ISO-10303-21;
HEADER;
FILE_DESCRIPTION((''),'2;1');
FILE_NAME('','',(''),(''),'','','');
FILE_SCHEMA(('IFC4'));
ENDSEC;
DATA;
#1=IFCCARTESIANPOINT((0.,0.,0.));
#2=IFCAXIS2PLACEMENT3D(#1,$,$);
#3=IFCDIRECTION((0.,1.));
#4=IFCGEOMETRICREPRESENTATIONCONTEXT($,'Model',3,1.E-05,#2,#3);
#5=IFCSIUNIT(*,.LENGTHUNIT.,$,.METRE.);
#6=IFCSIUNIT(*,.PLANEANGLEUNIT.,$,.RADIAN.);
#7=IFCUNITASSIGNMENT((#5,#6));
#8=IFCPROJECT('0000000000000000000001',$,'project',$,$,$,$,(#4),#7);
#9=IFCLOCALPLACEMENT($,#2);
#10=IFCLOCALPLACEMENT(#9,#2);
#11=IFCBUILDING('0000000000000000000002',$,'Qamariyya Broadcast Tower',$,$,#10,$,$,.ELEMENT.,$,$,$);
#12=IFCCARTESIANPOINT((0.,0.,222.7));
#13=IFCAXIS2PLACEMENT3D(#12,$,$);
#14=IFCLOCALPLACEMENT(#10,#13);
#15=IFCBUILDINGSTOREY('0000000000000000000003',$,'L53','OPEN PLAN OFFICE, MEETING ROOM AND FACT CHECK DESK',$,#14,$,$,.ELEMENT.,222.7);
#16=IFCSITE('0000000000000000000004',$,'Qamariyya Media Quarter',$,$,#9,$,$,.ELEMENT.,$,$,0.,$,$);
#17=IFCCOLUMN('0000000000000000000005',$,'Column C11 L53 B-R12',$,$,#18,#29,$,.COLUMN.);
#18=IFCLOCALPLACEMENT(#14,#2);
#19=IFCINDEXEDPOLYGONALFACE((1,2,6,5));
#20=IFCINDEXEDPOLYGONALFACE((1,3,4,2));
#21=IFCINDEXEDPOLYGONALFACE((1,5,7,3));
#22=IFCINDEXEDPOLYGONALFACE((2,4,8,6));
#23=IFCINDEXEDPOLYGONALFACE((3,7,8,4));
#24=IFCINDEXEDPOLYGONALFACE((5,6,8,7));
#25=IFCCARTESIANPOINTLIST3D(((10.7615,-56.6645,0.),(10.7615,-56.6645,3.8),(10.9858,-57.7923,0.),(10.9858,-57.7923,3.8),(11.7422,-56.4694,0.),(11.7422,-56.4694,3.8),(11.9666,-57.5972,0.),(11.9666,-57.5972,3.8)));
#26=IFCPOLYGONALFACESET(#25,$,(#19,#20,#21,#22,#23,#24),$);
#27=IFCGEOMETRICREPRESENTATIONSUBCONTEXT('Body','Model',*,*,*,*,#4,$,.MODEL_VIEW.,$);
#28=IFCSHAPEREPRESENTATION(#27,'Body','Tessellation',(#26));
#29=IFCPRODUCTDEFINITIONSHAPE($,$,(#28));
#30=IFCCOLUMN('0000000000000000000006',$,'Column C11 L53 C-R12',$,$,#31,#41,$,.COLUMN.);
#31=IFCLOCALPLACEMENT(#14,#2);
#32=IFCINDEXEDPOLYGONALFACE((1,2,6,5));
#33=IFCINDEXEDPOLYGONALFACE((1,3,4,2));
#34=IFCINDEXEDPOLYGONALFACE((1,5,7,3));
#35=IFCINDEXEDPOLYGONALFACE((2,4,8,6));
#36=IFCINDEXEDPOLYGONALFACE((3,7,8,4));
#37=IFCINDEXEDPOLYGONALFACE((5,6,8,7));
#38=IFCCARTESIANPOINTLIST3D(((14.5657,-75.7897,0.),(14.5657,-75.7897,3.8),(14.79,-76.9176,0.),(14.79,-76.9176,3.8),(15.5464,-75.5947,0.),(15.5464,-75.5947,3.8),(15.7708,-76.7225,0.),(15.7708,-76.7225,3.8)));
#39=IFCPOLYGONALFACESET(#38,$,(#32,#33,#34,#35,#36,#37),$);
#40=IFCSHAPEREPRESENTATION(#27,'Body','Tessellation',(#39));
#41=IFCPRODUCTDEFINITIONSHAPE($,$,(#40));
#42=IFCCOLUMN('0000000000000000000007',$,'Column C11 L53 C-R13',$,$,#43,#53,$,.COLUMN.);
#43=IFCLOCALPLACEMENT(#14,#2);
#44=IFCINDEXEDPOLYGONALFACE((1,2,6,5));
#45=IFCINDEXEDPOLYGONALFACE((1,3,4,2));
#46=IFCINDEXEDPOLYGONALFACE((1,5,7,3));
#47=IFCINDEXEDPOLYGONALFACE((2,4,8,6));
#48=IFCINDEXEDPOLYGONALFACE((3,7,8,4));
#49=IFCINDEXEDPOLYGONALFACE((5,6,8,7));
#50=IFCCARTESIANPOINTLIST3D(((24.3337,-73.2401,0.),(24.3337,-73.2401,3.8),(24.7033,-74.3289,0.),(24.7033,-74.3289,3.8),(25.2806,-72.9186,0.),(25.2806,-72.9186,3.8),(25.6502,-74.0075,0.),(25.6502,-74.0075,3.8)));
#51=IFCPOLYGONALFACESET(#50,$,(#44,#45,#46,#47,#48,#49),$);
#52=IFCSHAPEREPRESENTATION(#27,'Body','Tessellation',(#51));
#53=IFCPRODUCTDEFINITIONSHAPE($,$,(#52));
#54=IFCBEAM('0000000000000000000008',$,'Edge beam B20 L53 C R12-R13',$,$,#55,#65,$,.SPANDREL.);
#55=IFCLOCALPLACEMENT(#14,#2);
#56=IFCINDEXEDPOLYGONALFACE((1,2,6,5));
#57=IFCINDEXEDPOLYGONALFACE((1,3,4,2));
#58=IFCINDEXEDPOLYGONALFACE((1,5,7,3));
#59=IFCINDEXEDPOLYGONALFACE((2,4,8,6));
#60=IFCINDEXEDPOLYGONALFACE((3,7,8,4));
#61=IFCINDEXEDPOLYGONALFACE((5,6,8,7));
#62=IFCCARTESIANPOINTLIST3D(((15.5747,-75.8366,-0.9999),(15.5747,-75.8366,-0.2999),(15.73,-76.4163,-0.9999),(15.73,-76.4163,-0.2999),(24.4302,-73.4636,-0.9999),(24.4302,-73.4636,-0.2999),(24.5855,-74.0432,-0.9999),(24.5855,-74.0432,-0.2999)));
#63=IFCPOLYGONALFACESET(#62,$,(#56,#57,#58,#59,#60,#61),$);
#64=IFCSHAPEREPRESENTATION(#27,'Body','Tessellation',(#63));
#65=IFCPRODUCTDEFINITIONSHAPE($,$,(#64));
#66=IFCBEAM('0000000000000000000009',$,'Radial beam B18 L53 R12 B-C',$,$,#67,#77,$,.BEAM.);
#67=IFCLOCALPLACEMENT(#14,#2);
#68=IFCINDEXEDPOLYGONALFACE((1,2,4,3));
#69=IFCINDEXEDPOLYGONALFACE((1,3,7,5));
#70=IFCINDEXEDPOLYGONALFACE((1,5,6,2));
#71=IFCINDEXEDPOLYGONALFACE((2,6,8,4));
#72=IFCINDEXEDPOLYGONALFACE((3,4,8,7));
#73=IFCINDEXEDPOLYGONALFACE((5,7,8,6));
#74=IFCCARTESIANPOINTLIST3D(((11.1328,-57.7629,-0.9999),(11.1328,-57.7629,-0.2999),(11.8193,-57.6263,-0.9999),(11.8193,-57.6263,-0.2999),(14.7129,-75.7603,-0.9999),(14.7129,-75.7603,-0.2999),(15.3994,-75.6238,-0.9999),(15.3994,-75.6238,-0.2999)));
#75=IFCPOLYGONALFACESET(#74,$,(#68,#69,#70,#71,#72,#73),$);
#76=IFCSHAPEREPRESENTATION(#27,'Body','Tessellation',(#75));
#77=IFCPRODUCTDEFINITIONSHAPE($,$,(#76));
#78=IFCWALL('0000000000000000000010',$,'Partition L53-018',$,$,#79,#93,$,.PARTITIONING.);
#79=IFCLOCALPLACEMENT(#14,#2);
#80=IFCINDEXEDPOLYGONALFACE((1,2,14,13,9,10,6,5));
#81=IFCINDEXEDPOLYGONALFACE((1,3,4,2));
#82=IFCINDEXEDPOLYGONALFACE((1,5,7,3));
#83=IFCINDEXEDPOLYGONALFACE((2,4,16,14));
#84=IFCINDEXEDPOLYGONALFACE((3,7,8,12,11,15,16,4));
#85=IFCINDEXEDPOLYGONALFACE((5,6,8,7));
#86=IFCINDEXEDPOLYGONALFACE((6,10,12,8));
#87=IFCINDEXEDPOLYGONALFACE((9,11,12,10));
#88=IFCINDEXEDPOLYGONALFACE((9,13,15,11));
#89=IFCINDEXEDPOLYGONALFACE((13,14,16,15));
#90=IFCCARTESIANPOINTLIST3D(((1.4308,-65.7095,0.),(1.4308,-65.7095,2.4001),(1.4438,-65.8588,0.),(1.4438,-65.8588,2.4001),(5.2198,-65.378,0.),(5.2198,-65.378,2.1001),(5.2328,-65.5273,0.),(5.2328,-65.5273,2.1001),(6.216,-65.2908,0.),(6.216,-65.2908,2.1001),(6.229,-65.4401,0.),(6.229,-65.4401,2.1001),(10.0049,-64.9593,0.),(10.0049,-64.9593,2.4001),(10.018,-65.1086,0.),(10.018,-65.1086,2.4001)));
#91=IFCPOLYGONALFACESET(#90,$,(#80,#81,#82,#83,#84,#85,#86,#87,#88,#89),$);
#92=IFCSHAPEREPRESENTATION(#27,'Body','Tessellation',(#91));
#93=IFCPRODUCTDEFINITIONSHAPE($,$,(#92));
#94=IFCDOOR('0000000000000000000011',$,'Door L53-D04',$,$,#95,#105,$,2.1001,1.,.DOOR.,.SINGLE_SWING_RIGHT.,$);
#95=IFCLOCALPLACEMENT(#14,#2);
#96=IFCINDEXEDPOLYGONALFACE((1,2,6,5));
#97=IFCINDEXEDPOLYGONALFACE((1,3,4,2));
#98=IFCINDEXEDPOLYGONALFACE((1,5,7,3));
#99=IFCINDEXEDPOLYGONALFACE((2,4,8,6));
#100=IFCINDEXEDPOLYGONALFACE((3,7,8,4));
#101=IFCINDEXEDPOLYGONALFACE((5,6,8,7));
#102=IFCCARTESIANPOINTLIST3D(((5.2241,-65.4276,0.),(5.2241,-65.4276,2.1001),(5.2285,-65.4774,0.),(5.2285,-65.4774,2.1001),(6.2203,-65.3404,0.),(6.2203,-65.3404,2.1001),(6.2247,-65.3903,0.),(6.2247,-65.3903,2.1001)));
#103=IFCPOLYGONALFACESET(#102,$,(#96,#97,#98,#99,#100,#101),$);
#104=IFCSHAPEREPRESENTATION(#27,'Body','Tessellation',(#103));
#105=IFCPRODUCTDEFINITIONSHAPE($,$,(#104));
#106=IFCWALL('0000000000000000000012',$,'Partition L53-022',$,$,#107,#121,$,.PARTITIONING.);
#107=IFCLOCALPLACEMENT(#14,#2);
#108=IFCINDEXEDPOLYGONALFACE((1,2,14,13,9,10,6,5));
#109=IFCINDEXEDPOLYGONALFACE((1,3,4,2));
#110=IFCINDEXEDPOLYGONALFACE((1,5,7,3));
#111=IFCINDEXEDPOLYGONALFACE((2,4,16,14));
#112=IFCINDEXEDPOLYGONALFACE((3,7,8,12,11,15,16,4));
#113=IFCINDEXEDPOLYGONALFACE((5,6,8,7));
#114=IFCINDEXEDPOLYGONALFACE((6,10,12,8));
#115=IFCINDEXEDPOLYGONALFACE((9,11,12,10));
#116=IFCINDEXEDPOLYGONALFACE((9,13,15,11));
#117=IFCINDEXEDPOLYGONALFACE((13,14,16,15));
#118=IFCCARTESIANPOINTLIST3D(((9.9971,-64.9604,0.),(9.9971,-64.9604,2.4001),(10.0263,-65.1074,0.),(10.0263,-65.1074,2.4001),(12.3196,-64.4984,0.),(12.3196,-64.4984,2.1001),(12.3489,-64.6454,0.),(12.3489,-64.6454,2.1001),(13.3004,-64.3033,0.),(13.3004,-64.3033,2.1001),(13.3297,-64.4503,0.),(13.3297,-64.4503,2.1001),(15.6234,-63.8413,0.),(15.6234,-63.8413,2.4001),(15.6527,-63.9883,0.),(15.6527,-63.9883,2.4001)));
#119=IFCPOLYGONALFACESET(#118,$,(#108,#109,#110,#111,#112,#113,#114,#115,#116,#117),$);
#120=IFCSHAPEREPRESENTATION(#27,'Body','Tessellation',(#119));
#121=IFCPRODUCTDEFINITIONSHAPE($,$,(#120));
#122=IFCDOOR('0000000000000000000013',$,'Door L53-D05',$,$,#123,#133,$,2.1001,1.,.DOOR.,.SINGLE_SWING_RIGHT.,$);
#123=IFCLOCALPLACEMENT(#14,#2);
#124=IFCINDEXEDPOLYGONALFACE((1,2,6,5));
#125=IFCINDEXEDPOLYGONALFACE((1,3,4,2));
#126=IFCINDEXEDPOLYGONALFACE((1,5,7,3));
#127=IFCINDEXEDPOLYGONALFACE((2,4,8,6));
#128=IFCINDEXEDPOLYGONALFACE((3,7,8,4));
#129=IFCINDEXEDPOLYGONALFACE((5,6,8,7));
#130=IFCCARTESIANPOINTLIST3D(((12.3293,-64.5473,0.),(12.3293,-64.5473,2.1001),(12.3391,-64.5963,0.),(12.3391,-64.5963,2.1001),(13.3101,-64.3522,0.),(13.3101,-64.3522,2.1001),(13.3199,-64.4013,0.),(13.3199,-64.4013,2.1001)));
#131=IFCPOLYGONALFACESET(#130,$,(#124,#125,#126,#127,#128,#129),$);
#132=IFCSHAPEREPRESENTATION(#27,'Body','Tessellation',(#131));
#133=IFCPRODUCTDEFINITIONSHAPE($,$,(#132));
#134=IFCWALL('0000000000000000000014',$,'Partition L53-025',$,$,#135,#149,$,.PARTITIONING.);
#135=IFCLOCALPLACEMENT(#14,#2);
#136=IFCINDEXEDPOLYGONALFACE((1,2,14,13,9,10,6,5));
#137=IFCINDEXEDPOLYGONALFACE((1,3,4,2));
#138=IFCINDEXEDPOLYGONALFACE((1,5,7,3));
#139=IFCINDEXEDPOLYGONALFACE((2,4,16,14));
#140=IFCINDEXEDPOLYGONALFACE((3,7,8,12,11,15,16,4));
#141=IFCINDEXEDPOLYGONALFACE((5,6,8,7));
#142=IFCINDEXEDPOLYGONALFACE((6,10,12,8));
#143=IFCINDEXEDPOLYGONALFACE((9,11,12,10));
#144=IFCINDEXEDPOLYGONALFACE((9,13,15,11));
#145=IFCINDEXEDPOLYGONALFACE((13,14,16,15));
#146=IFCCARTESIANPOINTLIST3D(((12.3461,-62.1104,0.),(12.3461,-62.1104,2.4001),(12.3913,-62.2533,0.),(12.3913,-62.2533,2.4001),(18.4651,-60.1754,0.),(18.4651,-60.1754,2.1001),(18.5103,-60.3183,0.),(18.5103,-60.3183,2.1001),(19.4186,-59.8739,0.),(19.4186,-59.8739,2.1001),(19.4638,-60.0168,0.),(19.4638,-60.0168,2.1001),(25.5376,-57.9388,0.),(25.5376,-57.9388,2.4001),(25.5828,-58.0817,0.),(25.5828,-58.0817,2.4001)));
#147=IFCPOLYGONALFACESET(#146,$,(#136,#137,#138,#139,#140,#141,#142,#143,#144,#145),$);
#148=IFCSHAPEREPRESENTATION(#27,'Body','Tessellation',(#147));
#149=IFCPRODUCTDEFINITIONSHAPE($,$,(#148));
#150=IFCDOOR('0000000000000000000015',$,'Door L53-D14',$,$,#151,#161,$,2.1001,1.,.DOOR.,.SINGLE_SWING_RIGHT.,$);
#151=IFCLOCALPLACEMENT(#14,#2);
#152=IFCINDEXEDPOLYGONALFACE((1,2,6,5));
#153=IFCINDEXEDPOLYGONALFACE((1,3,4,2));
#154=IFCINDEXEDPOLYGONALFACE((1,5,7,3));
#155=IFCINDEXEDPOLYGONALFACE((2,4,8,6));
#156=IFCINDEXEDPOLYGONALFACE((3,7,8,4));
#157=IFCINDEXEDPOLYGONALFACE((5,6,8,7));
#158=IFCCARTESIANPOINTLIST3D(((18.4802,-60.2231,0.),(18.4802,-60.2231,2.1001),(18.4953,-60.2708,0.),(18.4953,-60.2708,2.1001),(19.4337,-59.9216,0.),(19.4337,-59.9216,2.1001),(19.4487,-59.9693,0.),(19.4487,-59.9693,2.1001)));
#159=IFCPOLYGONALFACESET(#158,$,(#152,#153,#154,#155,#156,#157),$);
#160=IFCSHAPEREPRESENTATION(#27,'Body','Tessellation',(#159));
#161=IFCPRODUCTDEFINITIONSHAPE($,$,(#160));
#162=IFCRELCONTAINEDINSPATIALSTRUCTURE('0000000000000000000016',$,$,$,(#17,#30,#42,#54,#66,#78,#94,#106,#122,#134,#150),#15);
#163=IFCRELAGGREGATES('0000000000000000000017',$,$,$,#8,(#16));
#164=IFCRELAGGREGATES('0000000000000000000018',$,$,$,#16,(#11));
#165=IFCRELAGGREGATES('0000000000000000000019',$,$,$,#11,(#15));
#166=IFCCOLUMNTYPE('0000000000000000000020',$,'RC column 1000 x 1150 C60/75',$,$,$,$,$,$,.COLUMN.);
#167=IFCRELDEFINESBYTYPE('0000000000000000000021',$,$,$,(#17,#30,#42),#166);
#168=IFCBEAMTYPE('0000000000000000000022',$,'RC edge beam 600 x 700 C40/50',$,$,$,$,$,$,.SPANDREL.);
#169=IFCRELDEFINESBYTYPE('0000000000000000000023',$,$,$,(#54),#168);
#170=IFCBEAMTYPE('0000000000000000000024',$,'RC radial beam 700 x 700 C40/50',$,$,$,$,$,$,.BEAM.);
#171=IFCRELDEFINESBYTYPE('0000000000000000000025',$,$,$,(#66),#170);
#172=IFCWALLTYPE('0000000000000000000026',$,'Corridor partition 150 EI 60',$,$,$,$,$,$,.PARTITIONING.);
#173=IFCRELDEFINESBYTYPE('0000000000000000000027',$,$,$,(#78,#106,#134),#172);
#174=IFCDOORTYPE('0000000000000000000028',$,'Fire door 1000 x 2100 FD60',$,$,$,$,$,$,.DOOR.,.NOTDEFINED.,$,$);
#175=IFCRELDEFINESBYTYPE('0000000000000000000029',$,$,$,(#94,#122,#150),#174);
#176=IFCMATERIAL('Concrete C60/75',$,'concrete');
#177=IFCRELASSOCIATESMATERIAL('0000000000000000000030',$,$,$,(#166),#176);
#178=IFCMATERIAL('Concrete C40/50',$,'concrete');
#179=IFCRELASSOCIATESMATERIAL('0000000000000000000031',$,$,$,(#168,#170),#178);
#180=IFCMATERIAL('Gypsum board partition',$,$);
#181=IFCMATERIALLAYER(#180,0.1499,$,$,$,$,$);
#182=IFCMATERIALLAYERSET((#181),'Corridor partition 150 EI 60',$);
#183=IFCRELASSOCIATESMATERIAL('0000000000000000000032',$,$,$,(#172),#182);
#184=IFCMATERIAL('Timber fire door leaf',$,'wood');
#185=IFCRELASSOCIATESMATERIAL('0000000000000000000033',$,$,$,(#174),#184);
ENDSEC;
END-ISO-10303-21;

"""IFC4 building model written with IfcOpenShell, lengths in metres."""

from ifc_helpers import new_model, si_unit, direction, frame, frame_2d, origin, origin_2d, place, context, subcontext, project, spatial, rectangle, extrude, material, layer, layer_set, material_profile, profile_set, type_object, element, fill, save


model = new_model("IFC4")

# Units and contexts
model_context = context("Model", 3, precision=1e-05, world=origin(), true_north=direction((0.0, 1.0)))
body_context = subcontext(model_context, "Body", "Model", "MODEL_VIEW")
ifc_project = project(units=[si_unit("LENGTHUNIT", "METRE"), si_unit("PLANEANGLEUNIT", "RADIAN")], contexts=[model_context])

# Site, building, storey
site_placement = place(None, origin())
site = spatial("IfcSite", under=ifc_project, at=site_placement, Name="Qamariyya Media Quarter", CompositionType="ELEMENT", RefElevation=0.0)
building_placement = place(site_placement, origin())
building = spatial("IfcBuilding", under=site, at=building_placement, Name="Qamariyya Broadcast Tower", CompositionType="ELEMENT")
storey_placement = place(building_placement, frame((0.0, 0.0, 222.7)))
storey = spatial("IfcBuildingStorey", under=building, at=storey_placement, Name="L53", Description="OPEN PLAN OFFICE, MEETING ROOM AND FACT CHECK DESK", CompositionType="ELEMENT", Elevation=222.7)

# Columns
ifc_material_1 = material(Name="Concrete C60/75", Category="concrete")
ifc_material_profile_1 = material_profile(ifc_material_1, rectangle(XDim=1.0, YDim=1.1499, at=origin_2d()))
ifc_profile_set_1 = profile_set([ifc_material_profile_1], Name="Concrete C60/75")
column_type = type_object("IfcColumnType", Name="RC column 1000 x 1150 C60/75", PredefinedType="COLUMN", material=ifc_profile_set_1)
for number, where, z_axis, x_axis, name in (
    (1, (11.364, -57.1309, 0.0), (0.0, 0.0, 1.0), (0.980785, 0.19509, 0.0), "Column C11 L53 B-R12"),
    (2, (15.1682, -76.2561, 0.0), (0.0, 0.0, 1.0), (0.980785, 0.19509, 0.0), "Column C11 L53 C-R12"),
    (3, (24.9919, -73.6238, 0.0), (0.0, 0.0, 1.0), (0.94693, 0.321439, 0.0), "Column C11 L53 C-R13"),
):
    element("IfcColumn", number, at=place(storey_placement, frame(where, z_axis=z_axis, x_axis=x_axis)), inside=storey, type_object=column_type, Name=name, PredefinedType="COLUMN", context=body_context, shape_type="SweptSolid", body=[
        extrude(rectangle(XDim=1.0, YDim=1.1499, at=origin_2d()), origin(), (0.0, 0.0, 1.0), 3.8),
    ])

# Beams
ifc_material_2 = material(Name="Concrete C40/50", Category="concrete")
ifc_material_profile_2 = material_profile(ifc_material_2, rectangle(XDim=0.6001, YDim=0.7, at=origin_2d()))
ifc_profile_set_2 = profile_set([ifc_material_profile_2], Name="Concrete C40/50")
beam_type_1 = type_object("IfcBeamType", Name="RC edge beam 600 x 700 C40/50", PredefinedType="SPANDREL", material=ifc_profile_set_2)
beam_1_placement = place(storey_placement, frame((15.6523, -76.1265, -0.6499), z_axis=(0.96592, 0.258843, 0.0), x_axis=(-0.258843, 0.96592, 0.0)))
element("IfcBeam", 4, at=beam_1_placement, inside=storey, type_object=beam_type_1, Name="Edge beam B20 L53 C R12-R13", PredefinedType="SPANDREL", context=body_context, shape_type="SweptSolid", body=[
    extrude(rectangle(XDim=0.6001, YDim=0.7, at=origin_2d()), origin(), (0.0, 0.0, 1.0), 9.168),
])
ifc_material_profile_3 = material_profile(ifc_material_2, rectangle(XDim=0.7, YDim=0.7, at=origin_2d()))
ifc_profile_set_3 = profile_set([ifc_material_profile_3], Name="Concrete C40/50")
beam_type_2 = type_object("IfcBeamType", Name="RC radial beam 700 x 700 C40/50", PredefinedType="BEAM", material=ifc_profile_set_3)
beam_2_placement = place(storey_placement, frame((11.4761, -57.6946, -0.6499), z_axis=(0.195098, -0.980784, 0.0), x_axis=(0.980784, 0.195098, 0.0)))
element("IfcBeam", 5, at=beam_2_placement, inside=storey, type_object=beam_type_2, Name="Radial beam B18 L53 R12 B-C", PredefinedType="BEAM", context=body_context, shape_type="SweptSolid", body=[
    extrude(rectangle(XDim=0.7, YDim=0.7, at=origin_2d()), origin(), (0.0, 0.0, 1.0), 18.3501),
])

# Walls, openings, doors
ifc_material_3 = material(Name="Gypsum board partition")
ifc_layer_1 = layer(ifc_material_3, 0.1499)
ifc_layer_set_1 = layer_set([ifc_layer_1], Name="Corridor partition 150 EI 60")
wall_type_1 = type_object("IfcWallType", Name="Corridor partition 150 EI 60", PredefinedType="PARTITIONING", material=ifc_layer_set_1)
wall_1_placement = place(storey_placement, frame((10.0115, -65.0339, 0.0), z_axis=(0.0, 0.0, 1.0), x_axis=(-0.996194, -0.087167, 0.0)))
wall_1 = element("IfcWall", 6, at=wall_1_placement, inside=storey, type_object=wall_type_1, Name="Partition L53-018", PredefinedType="PARTITIONING", context=body_context, shape_type="SweptSolid", body=[
    extrude(rectangle(XDim=8.6069, YDim=0.1499, at=frame_2d((4.3035, 0.0))), origin(), (0.0, 0.0, 1.0), 2.4001),
])
opening_1_placement = place(wall_1_placement, frame((3.8035, 0.0, 0.0)))
opening_1 = element("IfcOpeningElement", 7, at=opening_1_placement, cuts=wall_1, PredefinedType="OPENING", context=body_context, shape_type="SweptSolid", body=[
    extrude(rectangle(XDim=1.0, YDim=2.1001, at=frame_2d((0.5, 1.05))), frame((0.0, 0.085, 0.0), z_axis=(0.0, -1.0, 0.0), x_axis=(1.0, 0.0, 0.0)), (0.0, 0.0, 1.0), 0.1699),
])
ifc_material_4 = material(Name="Timber fire door leaf", Category="wood")
door_type = type_object("IfcDoorType", Name="Fire door 1000 x 2100 FD60", OperationType="NOTDEFINED", PredefinedType="DOOR", material=ifc_material_4)
door_1_placement = place(opening_1_placement, origin())
door_1 = element("IfcDoor", 8, at=door_1_placement, inside=storey, type_object=door_type, Name="Door L53-D04", OperationType="SINGLE_SWING_RIGHT", OverallHeight=2.1001, OverallWidth=1.0, PredefinedType="DOOR", context=body_context, shape_type="SweptSolid", body=[
    extrude(rectangle(XDim=1.0, YDim=2.1001, at=frame_2d((0.5, 1.05))), frame((0.0, 0.0249, 0.0), z_axis=(0.0, -1.0, 0.0), x_axis=(1.0, 0.0, 0.0)), (0.0, 0.0, 1.0), 0.05),
])
fill(opening_1, door_1)
wall_2_placement = place(storey_placement, frame((15.6379, -63.9148, 0.0), z_axis=(0.0, 0.0, 1.0), x_axis=(-0.980786, -0.195085, 0.0)))
wall_2 = element("IfcWall", 9, at=wall_2_placement, inside=storey, type_object=wall_type_1, Name="Partition L53-022", PredefinedType="PARTITIONING", context=body_context, shape_type="SweptSolid", body=[
    extrude(rectangle(XDim=5.7366, YDim=0.1499, at=frame_2d((2.8682, 0.0))), origin(), (0.0, 0.0, 1.0), 2.4001),
])
opening_2_placement = place(wall_2_placement, frame((2.3684, 0.0, 0.0)))
opening_2 = element("IfcOpeningElement", 10, at=opening_2_placement, cuts=wall_2, PredefinedType="OPENING", context=body_context, shape_type="SweptSolid", body=[
    extrude(rectangle(XDim=1.0, YDim=2.1001, at=frame_2d((0.5, 1.05))), frame((0.0, 0.085, 0.0), z_axis=(0.0, -1.0, 0.0), x_axis=(1.0, 0.0, 0.0)), (0.0, 0.0, 1.0), 0.1699),
])
door_2_placement = place(opening_2_placement, origin())
door_2 = element("IfcDoor", 11, at=door_2_placement, inside=storey, type_object=door_type, Name="Door L53-D05", OperationType="SINGLE_SWING_RIGHT", OverallHeight=2.1001, OverallWidth=1.0, PredefinedType="DOOR", context=body_context, shape_type="SweptSolid", body=[
    extrude(rectangle(XDim=1.0, YDim=2.1001, at=frame_2d((0.5, 1.05))), frame((0.0, 0.0249, 0.0), z_axis=(0.0, -1.0, 0.0), x_axis=(1.0, 0.0, 0.0)), (0.0, 0.0, 1.0), 0.05),
])
fill(opening_2, door_2)
wall_3_placement = place(storey_placement, frame((12.3687, -62.1819, 0.0), z_axis=(0.0, 0.0, 1.0), x_axis=(0.953461, 0.301516, 0.0)))
wall_3 = element("IfcWall", 12, at=wall_3_placement, inside=storey, type_object=wall_type_1, Name="Partition L53-025", PredefinedType="PARTITIONING", context=body_context, shape_type="SweptSolid", body=[
    extrude(rectangle(XDim=13.8354, YDim=0.1499, at=frame_2d((6.9177, 0.0))), origin(), (0.0, 0.0, 1.0), 2.4001),
])
opening_3_placement = place(wall_3_placement, frame((6.4177, 0.0, 0.0)))
opening_3 = element("IfcOpeningElement", 13, at=opening_3_placement, cuts=wall_3, PredefinedType="OPENING", context=body_context, shape_type="SweptSolid", body=[
    extrude(rectangle(XDim=1.0, YDim=2.1001, at=frame_2d((0.5, 1.05))), frame((0.0, 0.085, 0.0), z_axis=(0.0, -1.0, 0.0), x_axis=(1.0, 0.0, 0.0)), (0.0, 0.0, 1.0), 0.1699),
])
door_3_placement = place(opening_3_placement, origin())
door_3 = element("IfcDoor", 14, at=door_3_placement, inside=storey, type_object=door_type, Name="Door L53-D14", OperationType="SINGLE_SWING_RIGHT", OverallHeight=2.1001, OverallWidth=1.0, PredefinedType="DOOR", context=body_context, shape_type="SweptSolid", body=[
    extrude(rectangle(XDim=1.0, YDim=2.1001, at=frame_2d((0.5, 1.05))), frame((0.0, 0.0249, 0.0), z_axis=(0.0, -1.0, 0.0), x_axis=(1.0, 0.0, 0.0)), (0.0, 0.0, 1.0), 0.05),
])
fill(opening_3, door_3)

save(model, "model.ifc")
